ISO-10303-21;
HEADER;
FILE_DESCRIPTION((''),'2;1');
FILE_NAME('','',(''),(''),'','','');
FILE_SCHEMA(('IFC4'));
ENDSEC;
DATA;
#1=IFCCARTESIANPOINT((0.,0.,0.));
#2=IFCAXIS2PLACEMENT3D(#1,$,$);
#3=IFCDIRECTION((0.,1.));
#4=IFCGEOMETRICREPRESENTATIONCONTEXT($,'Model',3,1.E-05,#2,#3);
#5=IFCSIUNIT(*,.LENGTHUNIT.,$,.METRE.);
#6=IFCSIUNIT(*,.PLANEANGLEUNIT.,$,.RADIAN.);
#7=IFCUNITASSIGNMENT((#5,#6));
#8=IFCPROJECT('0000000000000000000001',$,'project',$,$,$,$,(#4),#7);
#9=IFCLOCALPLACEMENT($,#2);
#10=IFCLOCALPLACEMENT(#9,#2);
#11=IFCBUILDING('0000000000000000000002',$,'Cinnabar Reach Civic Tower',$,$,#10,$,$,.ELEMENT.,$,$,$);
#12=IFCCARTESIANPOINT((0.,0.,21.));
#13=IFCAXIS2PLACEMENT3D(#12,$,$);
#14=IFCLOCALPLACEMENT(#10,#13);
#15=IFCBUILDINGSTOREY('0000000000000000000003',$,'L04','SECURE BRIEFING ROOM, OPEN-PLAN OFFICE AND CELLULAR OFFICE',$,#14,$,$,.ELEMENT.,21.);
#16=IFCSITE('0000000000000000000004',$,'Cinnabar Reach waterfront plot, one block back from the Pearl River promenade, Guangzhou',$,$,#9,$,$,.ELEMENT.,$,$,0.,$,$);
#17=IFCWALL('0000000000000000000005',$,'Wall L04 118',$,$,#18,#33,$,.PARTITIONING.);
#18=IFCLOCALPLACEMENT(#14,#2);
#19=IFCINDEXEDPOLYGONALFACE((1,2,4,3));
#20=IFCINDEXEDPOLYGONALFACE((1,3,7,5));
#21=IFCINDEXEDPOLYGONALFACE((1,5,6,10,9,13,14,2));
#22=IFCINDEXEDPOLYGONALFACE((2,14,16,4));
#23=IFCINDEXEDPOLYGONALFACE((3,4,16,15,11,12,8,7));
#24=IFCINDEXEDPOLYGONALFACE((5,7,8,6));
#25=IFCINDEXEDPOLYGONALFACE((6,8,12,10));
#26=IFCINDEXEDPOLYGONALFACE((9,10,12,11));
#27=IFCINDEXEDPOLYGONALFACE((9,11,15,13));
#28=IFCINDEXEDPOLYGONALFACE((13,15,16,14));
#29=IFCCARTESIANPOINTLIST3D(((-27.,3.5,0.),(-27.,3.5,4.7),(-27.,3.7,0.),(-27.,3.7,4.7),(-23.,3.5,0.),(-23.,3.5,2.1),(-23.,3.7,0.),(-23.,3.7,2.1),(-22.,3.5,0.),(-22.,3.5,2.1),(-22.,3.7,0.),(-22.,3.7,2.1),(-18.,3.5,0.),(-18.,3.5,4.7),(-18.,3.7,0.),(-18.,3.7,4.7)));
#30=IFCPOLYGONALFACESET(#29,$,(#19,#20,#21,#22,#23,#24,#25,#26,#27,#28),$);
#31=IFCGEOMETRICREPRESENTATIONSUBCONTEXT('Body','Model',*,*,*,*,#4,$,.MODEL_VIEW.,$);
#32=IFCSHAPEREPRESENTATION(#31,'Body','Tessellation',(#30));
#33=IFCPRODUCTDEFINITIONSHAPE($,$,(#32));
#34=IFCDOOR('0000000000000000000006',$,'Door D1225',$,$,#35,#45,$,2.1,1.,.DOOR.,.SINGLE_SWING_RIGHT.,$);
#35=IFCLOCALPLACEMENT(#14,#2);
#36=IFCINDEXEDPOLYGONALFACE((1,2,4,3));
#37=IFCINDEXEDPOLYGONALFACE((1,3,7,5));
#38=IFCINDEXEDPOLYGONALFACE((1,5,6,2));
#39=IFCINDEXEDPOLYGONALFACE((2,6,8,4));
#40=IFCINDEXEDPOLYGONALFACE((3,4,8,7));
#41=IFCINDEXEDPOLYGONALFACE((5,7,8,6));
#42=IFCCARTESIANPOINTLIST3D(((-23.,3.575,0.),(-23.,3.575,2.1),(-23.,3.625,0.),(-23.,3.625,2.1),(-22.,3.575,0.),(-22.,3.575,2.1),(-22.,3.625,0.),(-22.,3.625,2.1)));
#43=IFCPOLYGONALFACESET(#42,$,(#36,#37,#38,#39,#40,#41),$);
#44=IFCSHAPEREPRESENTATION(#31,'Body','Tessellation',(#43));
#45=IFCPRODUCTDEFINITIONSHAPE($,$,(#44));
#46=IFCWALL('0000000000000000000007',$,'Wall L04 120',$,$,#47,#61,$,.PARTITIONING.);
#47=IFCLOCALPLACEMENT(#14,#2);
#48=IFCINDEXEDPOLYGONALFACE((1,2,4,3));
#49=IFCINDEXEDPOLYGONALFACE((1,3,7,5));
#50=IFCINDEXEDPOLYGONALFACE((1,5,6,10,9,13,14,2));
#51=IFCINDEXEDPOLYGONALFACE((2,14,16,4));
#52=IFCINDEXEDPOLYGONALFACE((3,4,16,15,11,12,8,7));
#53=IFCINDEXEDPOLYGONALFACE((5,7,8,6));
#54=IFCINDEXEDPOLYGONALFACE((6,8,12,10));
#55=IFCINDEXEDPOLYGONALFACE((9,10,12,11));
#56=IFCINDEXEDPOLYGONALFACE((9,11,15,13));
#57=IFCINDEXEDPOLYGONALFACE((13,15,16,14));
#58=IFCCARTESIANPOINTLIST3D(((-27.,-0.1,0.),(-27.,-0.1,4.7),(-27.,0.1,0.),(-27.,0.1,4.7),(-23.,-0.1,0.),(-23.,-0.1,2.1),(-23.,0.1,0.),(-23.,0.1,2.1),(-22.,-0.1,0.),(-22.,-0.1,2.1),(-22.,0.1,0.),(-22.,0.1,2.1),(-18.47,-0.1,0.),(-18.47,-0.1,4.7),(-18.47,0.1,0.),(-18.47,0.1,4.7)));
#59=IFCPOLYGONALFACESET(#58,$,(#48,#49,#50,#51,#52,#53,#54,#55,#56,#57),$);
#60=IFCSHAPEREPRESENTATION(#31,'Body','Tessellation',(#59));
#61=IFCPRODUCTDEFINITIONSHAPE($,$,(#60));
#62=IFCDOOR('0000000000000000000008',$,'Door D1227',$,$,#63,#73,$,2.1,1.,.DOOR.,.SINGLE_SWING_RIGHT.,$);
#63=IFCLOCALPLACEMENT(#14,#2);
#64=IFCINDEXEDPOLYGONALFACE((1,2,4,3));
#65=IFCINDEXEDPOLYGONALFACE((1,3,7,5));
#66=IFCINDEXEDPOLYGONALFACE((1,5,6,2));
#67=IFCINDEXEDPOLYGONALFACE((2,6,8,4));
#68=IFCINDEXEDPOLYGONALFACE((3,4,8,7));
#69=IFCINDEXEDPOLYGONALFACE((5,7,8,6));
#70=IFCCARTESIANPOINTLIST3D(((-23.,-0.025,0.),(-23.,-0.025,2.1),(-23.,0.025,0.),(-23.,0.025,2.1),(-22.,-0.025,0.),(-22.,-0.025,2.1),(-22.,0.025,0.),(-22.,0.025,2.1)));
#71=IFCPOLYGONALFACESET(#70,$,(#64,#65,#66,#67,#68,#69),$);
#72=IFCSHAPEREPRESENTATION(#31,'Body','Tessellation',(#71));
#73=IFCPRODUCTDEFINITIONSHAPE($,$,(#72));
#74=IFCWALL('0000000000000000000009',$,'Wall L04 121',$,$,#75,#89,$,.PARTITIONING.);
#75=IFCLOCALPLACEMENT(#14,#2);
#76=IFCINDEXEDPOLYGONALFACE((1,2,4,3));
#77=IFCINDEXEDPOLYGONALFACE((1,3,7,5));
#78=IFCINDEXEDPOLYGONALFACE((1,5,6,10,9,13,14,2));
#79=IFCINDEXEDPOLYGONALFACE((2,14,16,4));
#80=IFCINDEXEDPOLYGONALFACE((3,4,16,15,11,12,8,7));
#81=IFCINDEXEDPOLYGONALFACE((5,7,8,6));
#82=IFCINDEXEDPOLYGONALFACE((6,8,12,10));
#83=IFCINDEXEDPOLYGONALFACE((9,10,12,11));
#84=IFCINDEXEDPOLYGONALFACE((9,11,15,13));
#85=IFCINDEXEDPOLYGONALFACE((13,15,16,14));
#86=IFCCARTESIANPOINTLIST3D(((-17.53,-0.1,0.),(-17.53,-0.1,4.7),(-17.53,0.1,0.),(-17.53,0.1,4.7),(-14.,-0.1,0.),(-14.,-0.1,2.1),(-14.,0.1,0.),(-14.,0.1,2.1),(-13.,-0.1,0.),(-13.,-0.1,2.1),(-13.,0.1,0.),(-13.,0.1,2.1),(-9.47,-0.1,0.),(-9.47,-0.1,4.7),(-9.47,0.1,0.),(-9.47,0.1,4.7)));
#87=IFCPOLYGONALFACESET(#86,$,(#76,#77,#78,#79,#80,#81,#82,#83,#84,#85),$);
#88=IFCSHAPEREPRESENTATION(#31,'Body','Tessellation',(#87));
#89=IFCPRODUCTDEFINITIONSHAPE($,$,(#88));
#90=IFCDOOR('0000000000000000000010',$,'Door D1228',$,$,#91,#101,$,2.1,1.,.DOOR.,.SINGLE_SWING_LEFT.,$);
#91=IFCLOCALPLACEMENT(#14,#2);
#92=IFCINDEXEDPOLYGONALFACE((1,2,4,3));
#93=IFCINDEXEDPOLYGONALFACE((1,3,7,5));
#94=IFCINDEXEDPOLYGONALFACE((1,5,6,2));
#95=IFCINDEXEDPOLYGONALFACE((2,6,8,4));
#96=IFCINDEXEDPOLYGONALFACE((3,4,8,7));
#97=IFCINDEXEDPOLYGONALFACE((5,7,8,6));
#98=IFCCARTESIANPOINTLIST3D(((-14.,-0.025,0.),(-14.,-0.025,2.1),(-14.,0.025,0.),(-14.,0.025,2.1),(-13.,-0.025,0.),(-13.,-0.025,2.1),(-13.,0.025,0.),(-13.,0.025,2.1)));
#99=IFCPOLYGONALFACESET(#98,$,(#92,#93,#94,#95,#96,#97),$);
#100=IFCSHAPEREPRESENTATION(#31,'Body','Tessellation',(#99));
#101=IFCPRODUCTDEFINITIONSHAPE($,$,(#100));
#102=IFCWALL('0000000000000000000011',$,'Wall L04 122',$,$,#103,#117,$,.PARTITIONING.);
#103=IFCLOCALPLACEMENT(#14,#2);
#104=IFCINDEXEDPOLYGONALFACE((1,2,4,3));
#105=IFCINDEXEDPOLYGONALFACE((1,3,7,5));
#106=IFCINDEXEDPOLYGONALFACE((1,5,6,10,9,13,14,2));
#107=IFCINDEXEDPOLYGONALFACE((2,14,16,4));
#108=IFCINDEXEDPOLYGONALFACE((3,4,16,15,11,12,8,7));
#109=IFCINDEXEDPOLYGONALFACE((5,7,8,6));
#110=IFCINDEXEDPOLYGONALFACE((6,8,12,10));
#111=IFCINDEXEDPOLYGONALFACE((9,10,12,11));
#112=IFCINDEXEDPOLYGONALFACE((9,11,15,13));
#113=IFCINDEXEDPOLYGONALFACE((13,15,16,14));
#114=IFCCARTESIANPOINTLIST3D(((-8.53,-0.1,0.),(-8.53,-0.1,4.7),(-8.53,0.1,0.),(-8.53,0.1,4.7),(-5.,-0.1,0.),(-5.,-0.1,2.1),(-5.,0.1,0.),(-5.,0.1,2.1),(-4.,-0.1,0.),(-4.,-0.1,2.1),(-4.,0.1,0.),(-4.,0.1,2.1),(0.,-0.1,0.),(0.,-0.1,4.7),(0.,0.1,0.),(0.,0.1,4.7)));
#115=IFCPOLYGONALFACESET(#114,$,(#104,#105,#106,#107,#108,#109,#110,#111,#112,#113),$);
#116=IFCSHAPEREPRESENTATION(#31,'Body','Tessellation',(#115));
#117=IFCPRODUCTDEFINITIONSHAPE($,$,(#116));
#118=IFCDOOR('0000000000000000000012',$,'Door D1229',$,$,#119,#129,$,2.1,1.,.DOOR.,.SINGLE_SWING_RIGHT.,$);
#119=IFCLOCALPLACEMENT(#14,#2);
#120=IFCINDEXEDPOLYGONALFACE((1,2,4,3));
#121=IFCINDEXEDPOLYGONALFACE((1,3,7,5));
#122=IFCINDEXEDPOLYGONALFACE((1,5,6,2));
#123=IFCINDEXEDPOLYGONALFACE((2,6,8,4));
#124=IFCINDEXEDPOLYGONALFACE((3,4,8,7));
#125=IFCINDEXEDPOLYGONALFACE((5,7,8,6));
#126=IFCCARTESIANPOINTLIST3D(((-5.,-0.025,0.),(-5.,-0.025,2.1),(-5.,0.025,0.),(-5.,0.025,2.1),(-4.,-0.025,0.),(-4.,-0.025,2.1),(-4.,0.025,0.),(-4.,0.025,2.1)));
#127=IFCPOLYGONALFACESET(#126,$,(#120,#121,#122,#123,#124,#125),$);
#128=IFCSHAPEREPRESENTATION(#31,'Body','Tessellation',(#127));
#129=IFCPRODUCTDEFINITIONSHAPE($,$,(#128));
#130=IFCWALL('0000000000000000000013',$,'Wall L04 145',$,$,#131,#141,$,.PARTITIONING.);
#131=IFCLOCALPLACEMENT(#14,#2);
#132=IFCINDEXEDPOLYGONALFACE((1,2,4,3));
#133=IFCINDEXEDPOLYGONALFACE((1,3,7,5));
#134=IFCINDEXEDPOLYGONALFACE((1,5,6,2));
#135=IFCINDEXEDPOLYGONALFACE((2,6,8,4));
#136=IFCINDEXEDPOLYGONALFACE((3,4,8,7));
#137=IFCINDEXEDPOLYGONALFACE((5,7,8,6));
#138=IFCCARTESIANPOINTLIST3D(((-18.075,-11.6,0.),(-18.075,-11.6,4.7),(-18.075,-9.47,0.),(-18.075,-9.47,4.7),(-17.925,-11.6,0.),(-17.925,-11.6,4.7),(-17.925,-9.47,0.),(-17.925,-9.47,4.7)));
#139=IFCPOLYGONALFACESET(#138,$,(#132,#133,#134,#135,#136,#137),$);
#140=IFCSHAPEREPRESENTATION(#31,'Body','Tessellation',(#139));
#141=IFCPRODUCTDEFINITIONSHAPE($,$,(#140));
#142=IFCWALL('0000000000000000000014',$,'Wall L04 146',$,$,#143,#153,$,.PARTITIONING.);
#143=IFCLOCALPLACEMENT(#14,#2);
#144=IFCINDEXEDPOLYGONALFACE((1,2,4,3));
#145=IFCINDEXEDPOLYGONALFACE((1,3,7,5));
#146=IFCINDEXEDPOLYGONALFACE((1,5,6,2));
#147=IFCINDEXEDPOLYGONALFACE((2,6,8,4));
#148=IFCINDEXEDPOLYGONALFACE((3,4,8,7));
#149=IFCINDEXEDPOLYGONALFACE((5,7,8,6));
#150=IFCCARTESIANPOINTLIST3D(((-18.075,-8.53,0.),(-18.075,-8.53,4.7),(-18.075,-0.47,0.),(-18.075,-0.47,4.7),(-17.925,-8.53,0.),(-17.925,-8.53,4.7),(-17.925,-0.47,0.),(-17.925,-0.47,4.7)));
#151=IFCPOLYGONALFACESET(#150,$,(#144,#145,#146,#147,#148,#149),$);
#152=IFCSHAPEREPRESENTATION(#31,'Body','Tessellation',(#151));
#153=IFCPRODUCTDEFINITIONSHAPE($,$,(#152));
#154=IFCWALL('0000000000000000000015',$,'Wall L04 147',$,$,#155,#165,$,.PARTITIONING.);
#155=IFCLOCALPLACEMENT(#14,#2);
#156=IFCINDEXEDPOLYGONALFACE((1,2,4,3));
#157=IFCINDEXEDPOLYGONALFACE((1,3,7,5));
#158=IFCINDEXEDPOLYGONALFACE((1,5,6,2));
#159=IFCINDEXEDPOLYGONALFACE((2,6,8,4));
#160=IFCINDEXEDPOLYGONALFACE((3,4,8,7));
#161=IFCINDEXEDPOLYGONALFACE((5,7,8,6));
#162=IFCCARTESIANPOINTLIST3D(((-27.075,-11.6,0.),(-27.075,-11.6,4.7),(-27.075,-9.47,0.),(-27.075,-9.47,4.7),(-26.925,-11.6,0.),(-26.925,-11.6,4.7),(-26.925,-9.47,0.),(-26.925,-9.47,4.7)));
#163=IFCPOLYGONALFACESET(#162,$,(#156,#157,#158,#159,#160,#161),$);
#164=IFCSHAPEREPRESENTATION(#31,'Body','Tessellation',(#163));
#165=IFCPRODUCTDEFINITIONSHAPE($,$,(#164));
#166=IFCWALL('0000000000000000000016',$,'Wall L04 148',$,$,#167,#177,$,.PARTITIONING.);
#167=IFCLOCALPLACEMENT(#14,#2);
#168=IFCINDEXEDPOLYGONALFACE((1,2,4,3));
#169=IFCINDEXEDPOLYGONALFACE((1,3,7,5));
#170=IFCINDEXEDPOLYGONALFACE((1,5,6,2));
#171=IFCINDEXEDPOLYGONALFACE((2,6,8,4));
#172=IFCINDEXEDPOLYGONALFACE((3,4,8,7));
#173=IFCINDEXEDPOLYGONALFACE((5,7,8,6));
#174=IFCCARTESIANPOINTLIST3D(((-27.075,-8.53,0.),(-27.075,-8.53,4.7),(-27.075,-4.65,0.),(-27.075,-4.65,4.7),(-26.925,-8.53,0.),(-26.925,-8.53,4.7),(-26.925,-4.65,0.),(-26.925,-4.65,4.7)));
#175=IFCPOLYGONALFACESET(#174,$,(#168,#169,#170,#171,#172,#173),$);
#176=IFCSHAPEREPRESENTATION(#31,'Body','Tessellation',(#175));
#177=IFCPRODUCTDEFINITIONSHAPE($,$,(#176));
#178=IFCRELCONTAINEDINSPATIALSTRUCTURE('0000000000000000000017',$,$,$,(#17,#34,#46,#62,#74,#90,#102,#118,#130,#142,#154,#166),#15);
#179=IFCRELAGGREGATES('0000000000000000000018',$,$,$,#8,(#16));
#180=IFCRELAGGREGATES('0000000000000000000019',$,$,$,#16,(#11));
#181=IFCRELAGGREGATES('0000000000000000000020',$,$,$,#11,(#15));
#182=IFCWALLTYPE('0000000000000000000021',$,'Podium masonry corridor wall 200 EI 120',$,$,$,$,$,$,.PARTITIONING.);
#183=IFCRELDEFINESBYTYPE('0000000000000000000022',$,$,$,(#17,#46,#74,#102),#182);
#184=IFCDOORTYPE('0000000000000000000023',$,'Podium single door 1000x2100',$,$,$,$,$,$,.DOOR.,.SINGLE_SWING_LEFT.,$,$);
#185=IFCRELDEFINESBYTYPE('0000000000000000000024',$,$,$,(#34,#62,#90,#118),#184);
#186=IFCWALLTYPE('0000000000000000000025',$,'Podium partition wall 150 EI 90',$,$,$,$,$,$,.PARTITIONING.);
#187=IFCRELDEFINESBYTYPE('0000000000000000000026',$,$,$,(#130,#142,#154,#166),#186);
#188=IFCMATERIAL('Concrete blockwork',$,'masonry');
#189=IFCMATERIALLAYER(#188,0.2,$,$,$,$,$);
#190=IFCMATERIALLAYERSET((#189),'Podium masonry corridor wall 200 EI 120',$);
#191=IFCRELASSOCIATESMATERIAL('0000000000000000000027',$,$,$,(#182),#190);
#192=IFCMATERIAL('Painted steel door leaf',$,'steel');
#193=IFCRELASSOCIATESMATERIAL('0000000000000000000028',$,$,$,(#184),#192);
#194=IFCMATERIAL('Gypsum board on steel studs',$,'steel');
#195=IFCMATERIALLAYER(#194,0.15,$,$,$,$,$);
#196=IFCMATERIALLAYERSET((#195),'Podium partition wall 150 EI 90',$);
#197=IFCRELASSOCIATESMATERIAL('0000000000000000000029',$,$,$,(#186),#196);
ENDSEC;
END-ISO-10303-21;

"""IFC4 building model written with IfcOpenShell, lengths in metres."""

from ifc_helpers import new_model, si_unit, direction, frame, frame_2d, origin, place, context, subcontext, project, spatial, rectangle, extrude, material, layer, layer_set, type_object, element, fill, save


model = new_model("IFC4")

# Units and contexts
model_context = context("Model", 3, precision=1e-05, world=origin(), true_north=direction((0.0, 1.0)))
body_context = subcontext(model_context, "Body", "Model", "MODEL_VIEW")
ifc_project = project(units=[si_unit("LENGTHUNIT", "METRE"), si_unit("PLANEANGLEUNIT", "RADIAN")], contexts=[model_context])

# Site, building, storey
site_placement = place(None, origin())
site = spatial("IfcSite", under=ifc_project, at=site_placement, Name="Cinnabar Reach waterfront plot, one block back from the Pearl River promenade, Guangzhou", CompositionType="ELEMENT", RefElevation=0.0)
building_placement = place(site_placement, origin())
building = spatial("IfcBuilding", under=site, at=building_placement, Name="Cinnabar Reach Civic Tower", CompositionType="ELEMENT")
storey_placement = place(building_placement, frame((0.0, 0.0, 21.0)))
storey = spatial("IfcBuildingStorey", under=building, at=storey_placement, Name="L04", Description="SECURE BRIEFING ROOM, OPEN-PLAN OFFICE AND CELLULAR OFFICE", CompositionType="ELEMENT", Elevation=21.0)

# Walls, openings, doors
ifc_material_1 = material(Name="Concrete blockwork", Category="masonry")
ifc_layer_1 = layer(ifc_material_1, 0.2)
ifc_layer_set_1 = layer_set([ifc_layer_1], Name="Podium masonry corridor wall 200 EI 120")
wall_type_1 = type_object("IfcWallType", Name="Podium masonry corridor wall 200 EI 120", PredefinedType="PARTITIONING", material=ifc_layer_set_1)
wall_1_placement = place(storey_placement, frame((-27.0, 3.6, 0.0), z_axis=(0.0, 0.0, 1.0), x_axis=(1.0, 0.0, 0.0)))
wall_1 = element("IfcWall", 1, at=wall_1_placement, inside=storey, type_object=wall_type_1, Name="Wall L04 118", PredefinedType="PARTITIONING", context=body_context, shape_type="SweptSolid", body=[
    extrude(rectangle(XDim=9.0, YDim=0.2, at=frame_2d((4.5, 0.0))), origin(), (0.0, 0.0, 1.0), 4.7),
])
opening_1_placement = place(wall_1_placement, frame((4.0, 0.0, 0.0)))
opening_1 = element("IfcOpeningElement", 2, at=opening_1_placement, cuts=wall_1, PredefinedType="OPENING", context=body_context, shape_type="SweptSolid", body=[
    extrude(rectangle(XDim=1.0, YDim=2.1, at=frame_2d((0.5, 1.05))), frame((0.0, 0.11, 0.0), z_axis=(0.0, -1.0, 0.0), x_axis=(1.0, 0.0, 0.0)), (0.0, 0.0, 1.0), 0.22),
])
ifc_material_2 = material(Name="Painted steel door leaf", Category="steel")
door_type = type_object("IfcDoorType", Name="Podium single door 1000x2100", OperationType="SINGLE_SWING_LEFT", PredefinedType="DOOR", material=ifc_material_2)
door_1_placement = place(opening_1_placement, origin())
door_1 = element("IfcDoor", 3, at=door_1_placement, inside=storey, type_object=door_type, Name="Door D1225", OperationType="SINGLE_SWING_RIGHT", OverallHeight=2.1, OverallWidth=1.0, PredefinedType="DOOR", context=body_context, shape_type="SweptSolid", body=[
    extrude(rectangle(XDim=1.0, YDim=2.1, at=frame_2d((0.5, 1.05))), frame((0.0, 0.025, 0.0), z_axis=(0.0, -1.0, 0.0), x_axis=(1.0, 0.0, 0.0)), (0.0, 0.0, 1.0), 0.05),
])
fill(opening_1, door_1)
wall_2_placement = place(storey_placement, frame((-27.0, 0.0, 0.0), z_axis=(0.0, 0.0, 1.0), x_axis=(1.0, 0.0, 0.0)))
wall_2 = element("IfcWall", 4, at=wall_2_placement, inside=storey, type_object=wall_type_1, Name="Wall L04 120", PredefinedType="PARTITIONING", context=body_context, shape_type="SweptSolid", body=[
    extrude(rectangle(XDim=8.53, YDim=0.2, at=frame_2d((4.265, 0.0))), origin(), (0.0, 0.0, 1.0), 4.7),
])
opening_2_placement = place(wall_2_placement, frame((4.0, 0.0, 0.0)))
opening_2 = element("IfcOpeningElement", 5, at=opening_2_placement, cuts=wall_2, PredefinedType="OPENING", context=body_context, shape_type="SweptSolid", body=[
    extrude(rectangle(XDim=1.0, YDim=2.1, at=frame_2d((0.5, 1.05))), frame((0.0, 0.11, 0.0), z_axis=(0.0, -1.0, 0.0), x_axis=(1.0, 0.0, 0.0)), (0.0, 0.0, 1.0), 0.22),
])
door_2_placement = place(opening_2_placement, frame((1.0, 0.0, 0.0), z_axis=(0.0, 0.0, 1.0), x_axis=(-1.0, 0.0, 0.0)))
door_2 = element("IfcDoor", 6, at=door_2_placement, inside=storey, type_object=door_type, Name="Door D1227", OperationType="SINGLE_SWING_RIGHT", OverallHeight=2.1, OverallWidth=1.0, PredefinedType="DOOR", context=body_context, shape_type="SweptSolid", body=[
    extrude(rectangle(XDim=1.0, YDim=2.1, at=frame_2d((0.5, 1.05))), frame((0.0, 0.025, 0.0), z_axis=(0.0, -1.0, 0.0), x_axis=(1.0, 0.0, 0.0)), (0.0, 0.0, 1.0), 0.05),
])
fill(opening_2, door_2)
wall_3_placement = place(storey_placement, frame((-17.53, 0.0, 0.0), z_axis=(0.0, 0.0, 1.0), x_axis=(1.0, 0.0, 0.0)))
wall_3 = element("IfcWall", 7, at=wall_3_placement, inside=storey, type_object=wall_type_1, Name="Wall L04 121", PredefinedType="PARTITIONING", context=body_context, shape_type="SweptSolid", body=[
    extrude(rectangle(XDim=8.06, YDim=0.2, at=frame_2d((4.03, 0.0))), origin(), (0.0, 0.0, 1.0), 4.7),
])
opening_3_placement = place(wall_3_placement, frame((3.53, 0.0, 0.0)))
opening_3 = element("IfcOpeningElement", 8, at=opening_3_placement, cuts=wall_3, PredefinedType="OPENING", context=body_context, shape_type="SweptSolid", body=[
    extrude(rectangle(XDim=1.0, YDim=2.1, at=frame_2d((0.5, 1.05))), frame((0.0, 0.11, 0.0), z_axis=(0.0, -1.0, 0.0), x_axis=(1.0, 0.0, 0.0)), (0.0, 0.0, 1.0), 0.22),
])
door_3_placement = place(opening_3_placement, frame((1.0, 0.0, 0.0), z_axis=(0.0, 0.0, 1.0), x_axis=(-1.0, 0.0, 0.0)))
door_3 = element("IfcDoor", 9, at=door_3_placement, inside=storey, type_object=door_type, Name="Door D1228", OperationType="SINGLE_SWING_LEFT", OverallHeight=2.1, OverallWidth=1.0, PredefinedType="DOOR", context=body_context, shape_type="SweptSolid", body=[
    extrude(rectangle(XDim=1.0, YDim=2.1, at=frame_2d((0.5, 1.05))), frame((0.0, 0.025, 0.0), z_axis=(0.0, -1.0, 0.0), x_axis=(1.0, 0.0, 0.0)), (0.0, 0.0, 1.0), 0.05),
])
fill(opening_3, door_3)
wall_4_placement = place(storey_placement, frame((-8.53, 0.0, 0.0), z_axis=(0.0, 0.0, 1.0), x_axis=(1.0, 0.0, 0.0)))
wall_4 = element("IfcWall", 10, at=wall_4_placement, inside=storey, type_object=wall_type_1, Name="Wall L04 122", PredefinedType="PARTITIONING", context=body_context, shape_type="SweptSolid", body=[
    extrude(rectangle(XDim=8.53, YDim=0.2, at=frame_2d((4.265, 0.0))), origin(), (0.0, 0.0, 1.0), 4.7),
])
opening_4_placement = place(wall_4_placement, frame((3.53, 0.0, 0.0)))
opening_4 = element("IfcOpeningElement", 11, at=opening_4_placement, cuts=wall_4, PredefinedType="OPENING", context=body_context, shape_type="SweptSolid", body=[
    extrude(rectangle(XDim=1.0, YDim=2.1, at=frame_2d((0.5, 1.05))), frame((0.0, 0.11, 0.0), z_axis=(0.0, -1.0, 0.0), x_axis=(1.0, 0.0, 0.0)), (0.0, 0.0, 1.0), 0.22),
])
door_4_placement = place(opening_4_placement, frame((1.0, 0.0, 0.0), z_axis=(0.0, 0.0, 1.0), x_axis=(-1.0, 0.0, 0.0)))
door_4 = element("IfcDoor", 12, at=door_4_placement, inside=storey, type_object=door_type, Name="Door D1229", OperationType="SINGLE_SWING_RIGHT", OverallHeight=2.1, OverallWidth=1.0, PredefinedType="DOOR", context=body_context, shape_type="SweptSolid", body=[
    extrude(rectangle(XDim=1.0, YDim=2.1, at=frame_2d((0.5, 1.05))), frame((0.0, 0.025, 0.0), z_axis=(0.0, -1.0, 0.0), x_axis=(1.0, 0.0, 0.0)), (0.0, 0.0, 1.0), 0.05),
])
fill(opening_4, door_4)

# Walls
ifc_material_3 = material(Name="Gypsum board on steel studs", Category="steel")
ifc_layer_2 = layer(ifc_material_3, 0.15)
ifc_layer_set_2 = layer_set([ifc_layer_2], Name="Podium partition wall 150 EI 90")
wall_type_2 = type_object("IfcWallType", Name="Podium partition wall 150 EI 90", PredefinedType="PARTITIONING", material=ifc_layer_set_2)
wall_5_placement = place(storey_placement, frame((-18.0, -11.6, 0.0), z_axis=(0.0, 0.0, 1.0), x_axis=(0.0, 1.0, 0.0)))
element("IfcWall", 13, at=wall_5_placement, inside=storey, type_object=wall_type_2, Name="Wall L04 145", PredefinedType="PARTITIONING", context=body_context, shape_type="SweptSolid", body=[
    extrude(rectangle(XDim=2.13, YDim=0.15, at=frame_2d((1.065, 0.0))), origin(), (0.0, 0.0, 1.0), 4.7),
])
wall_6_placement = place(storey_placement, frame((-18.0, -8.53, 0.0), z_axis=(0.0, 0.0, 1.0), x_axis=(0.0, 1.0, 0.0)))
element("IfcWall", 14, at=wall_6_placement, inside=storey, type_object=wall_type_2, Name="Wall L04 146", PredefinedType="PARTITIONING", context=body_context, shape_type="SweptSolid", body=[
    extrude(rectangle(XDim=8.06, YDim=0.15, at=frame_2d((4.03, 0.0))), origin(), (0.0, 0.0, 1.0), 4.7),
])
wall_7_placement = place(storey_placement, frame((-27.0, -11.6, 0.0), z_axis=(0.0, 0.0, 1.0), x_axis=(0.0, 1.0, 0.0)))
element("IfcWall", 15, at=wall_7_placement, inside=storey, type_object=wall_type_2, Name="Wall L04 147", PredefinedType="PARTITIONING", context=body_context, shape_type="SweptSolid", body=[
    extrude(rectangle(XDim=2.13, YDim=0.15, at=frame_2d((1.065, 0.0))), origin(), (0.0, 0.0, 1.0), 4.7),
])
wall_8_placement = place(storey_placement, frame((-27.0, -8.53, 0.0), z_axis=(0.0, 0.0, 1.0), x_axis=(0.0, 1.0, 0.0)))
element("IfcWall", 16, at=wall_8_placement, inside=storey, type_object=wall_type_2, Name="Wall L04 148", PredefinedType="PARTITIONING", context=body_context, shape_type="SweptSolid", body=[
    extrude(rectangle(XDim=3.88, YDim=0.15, at=frame_2d((1.94, 0.0))), origin(), (0.0, 0.0, 1.0), 4.7),
])

save(model, "model.ifc")
